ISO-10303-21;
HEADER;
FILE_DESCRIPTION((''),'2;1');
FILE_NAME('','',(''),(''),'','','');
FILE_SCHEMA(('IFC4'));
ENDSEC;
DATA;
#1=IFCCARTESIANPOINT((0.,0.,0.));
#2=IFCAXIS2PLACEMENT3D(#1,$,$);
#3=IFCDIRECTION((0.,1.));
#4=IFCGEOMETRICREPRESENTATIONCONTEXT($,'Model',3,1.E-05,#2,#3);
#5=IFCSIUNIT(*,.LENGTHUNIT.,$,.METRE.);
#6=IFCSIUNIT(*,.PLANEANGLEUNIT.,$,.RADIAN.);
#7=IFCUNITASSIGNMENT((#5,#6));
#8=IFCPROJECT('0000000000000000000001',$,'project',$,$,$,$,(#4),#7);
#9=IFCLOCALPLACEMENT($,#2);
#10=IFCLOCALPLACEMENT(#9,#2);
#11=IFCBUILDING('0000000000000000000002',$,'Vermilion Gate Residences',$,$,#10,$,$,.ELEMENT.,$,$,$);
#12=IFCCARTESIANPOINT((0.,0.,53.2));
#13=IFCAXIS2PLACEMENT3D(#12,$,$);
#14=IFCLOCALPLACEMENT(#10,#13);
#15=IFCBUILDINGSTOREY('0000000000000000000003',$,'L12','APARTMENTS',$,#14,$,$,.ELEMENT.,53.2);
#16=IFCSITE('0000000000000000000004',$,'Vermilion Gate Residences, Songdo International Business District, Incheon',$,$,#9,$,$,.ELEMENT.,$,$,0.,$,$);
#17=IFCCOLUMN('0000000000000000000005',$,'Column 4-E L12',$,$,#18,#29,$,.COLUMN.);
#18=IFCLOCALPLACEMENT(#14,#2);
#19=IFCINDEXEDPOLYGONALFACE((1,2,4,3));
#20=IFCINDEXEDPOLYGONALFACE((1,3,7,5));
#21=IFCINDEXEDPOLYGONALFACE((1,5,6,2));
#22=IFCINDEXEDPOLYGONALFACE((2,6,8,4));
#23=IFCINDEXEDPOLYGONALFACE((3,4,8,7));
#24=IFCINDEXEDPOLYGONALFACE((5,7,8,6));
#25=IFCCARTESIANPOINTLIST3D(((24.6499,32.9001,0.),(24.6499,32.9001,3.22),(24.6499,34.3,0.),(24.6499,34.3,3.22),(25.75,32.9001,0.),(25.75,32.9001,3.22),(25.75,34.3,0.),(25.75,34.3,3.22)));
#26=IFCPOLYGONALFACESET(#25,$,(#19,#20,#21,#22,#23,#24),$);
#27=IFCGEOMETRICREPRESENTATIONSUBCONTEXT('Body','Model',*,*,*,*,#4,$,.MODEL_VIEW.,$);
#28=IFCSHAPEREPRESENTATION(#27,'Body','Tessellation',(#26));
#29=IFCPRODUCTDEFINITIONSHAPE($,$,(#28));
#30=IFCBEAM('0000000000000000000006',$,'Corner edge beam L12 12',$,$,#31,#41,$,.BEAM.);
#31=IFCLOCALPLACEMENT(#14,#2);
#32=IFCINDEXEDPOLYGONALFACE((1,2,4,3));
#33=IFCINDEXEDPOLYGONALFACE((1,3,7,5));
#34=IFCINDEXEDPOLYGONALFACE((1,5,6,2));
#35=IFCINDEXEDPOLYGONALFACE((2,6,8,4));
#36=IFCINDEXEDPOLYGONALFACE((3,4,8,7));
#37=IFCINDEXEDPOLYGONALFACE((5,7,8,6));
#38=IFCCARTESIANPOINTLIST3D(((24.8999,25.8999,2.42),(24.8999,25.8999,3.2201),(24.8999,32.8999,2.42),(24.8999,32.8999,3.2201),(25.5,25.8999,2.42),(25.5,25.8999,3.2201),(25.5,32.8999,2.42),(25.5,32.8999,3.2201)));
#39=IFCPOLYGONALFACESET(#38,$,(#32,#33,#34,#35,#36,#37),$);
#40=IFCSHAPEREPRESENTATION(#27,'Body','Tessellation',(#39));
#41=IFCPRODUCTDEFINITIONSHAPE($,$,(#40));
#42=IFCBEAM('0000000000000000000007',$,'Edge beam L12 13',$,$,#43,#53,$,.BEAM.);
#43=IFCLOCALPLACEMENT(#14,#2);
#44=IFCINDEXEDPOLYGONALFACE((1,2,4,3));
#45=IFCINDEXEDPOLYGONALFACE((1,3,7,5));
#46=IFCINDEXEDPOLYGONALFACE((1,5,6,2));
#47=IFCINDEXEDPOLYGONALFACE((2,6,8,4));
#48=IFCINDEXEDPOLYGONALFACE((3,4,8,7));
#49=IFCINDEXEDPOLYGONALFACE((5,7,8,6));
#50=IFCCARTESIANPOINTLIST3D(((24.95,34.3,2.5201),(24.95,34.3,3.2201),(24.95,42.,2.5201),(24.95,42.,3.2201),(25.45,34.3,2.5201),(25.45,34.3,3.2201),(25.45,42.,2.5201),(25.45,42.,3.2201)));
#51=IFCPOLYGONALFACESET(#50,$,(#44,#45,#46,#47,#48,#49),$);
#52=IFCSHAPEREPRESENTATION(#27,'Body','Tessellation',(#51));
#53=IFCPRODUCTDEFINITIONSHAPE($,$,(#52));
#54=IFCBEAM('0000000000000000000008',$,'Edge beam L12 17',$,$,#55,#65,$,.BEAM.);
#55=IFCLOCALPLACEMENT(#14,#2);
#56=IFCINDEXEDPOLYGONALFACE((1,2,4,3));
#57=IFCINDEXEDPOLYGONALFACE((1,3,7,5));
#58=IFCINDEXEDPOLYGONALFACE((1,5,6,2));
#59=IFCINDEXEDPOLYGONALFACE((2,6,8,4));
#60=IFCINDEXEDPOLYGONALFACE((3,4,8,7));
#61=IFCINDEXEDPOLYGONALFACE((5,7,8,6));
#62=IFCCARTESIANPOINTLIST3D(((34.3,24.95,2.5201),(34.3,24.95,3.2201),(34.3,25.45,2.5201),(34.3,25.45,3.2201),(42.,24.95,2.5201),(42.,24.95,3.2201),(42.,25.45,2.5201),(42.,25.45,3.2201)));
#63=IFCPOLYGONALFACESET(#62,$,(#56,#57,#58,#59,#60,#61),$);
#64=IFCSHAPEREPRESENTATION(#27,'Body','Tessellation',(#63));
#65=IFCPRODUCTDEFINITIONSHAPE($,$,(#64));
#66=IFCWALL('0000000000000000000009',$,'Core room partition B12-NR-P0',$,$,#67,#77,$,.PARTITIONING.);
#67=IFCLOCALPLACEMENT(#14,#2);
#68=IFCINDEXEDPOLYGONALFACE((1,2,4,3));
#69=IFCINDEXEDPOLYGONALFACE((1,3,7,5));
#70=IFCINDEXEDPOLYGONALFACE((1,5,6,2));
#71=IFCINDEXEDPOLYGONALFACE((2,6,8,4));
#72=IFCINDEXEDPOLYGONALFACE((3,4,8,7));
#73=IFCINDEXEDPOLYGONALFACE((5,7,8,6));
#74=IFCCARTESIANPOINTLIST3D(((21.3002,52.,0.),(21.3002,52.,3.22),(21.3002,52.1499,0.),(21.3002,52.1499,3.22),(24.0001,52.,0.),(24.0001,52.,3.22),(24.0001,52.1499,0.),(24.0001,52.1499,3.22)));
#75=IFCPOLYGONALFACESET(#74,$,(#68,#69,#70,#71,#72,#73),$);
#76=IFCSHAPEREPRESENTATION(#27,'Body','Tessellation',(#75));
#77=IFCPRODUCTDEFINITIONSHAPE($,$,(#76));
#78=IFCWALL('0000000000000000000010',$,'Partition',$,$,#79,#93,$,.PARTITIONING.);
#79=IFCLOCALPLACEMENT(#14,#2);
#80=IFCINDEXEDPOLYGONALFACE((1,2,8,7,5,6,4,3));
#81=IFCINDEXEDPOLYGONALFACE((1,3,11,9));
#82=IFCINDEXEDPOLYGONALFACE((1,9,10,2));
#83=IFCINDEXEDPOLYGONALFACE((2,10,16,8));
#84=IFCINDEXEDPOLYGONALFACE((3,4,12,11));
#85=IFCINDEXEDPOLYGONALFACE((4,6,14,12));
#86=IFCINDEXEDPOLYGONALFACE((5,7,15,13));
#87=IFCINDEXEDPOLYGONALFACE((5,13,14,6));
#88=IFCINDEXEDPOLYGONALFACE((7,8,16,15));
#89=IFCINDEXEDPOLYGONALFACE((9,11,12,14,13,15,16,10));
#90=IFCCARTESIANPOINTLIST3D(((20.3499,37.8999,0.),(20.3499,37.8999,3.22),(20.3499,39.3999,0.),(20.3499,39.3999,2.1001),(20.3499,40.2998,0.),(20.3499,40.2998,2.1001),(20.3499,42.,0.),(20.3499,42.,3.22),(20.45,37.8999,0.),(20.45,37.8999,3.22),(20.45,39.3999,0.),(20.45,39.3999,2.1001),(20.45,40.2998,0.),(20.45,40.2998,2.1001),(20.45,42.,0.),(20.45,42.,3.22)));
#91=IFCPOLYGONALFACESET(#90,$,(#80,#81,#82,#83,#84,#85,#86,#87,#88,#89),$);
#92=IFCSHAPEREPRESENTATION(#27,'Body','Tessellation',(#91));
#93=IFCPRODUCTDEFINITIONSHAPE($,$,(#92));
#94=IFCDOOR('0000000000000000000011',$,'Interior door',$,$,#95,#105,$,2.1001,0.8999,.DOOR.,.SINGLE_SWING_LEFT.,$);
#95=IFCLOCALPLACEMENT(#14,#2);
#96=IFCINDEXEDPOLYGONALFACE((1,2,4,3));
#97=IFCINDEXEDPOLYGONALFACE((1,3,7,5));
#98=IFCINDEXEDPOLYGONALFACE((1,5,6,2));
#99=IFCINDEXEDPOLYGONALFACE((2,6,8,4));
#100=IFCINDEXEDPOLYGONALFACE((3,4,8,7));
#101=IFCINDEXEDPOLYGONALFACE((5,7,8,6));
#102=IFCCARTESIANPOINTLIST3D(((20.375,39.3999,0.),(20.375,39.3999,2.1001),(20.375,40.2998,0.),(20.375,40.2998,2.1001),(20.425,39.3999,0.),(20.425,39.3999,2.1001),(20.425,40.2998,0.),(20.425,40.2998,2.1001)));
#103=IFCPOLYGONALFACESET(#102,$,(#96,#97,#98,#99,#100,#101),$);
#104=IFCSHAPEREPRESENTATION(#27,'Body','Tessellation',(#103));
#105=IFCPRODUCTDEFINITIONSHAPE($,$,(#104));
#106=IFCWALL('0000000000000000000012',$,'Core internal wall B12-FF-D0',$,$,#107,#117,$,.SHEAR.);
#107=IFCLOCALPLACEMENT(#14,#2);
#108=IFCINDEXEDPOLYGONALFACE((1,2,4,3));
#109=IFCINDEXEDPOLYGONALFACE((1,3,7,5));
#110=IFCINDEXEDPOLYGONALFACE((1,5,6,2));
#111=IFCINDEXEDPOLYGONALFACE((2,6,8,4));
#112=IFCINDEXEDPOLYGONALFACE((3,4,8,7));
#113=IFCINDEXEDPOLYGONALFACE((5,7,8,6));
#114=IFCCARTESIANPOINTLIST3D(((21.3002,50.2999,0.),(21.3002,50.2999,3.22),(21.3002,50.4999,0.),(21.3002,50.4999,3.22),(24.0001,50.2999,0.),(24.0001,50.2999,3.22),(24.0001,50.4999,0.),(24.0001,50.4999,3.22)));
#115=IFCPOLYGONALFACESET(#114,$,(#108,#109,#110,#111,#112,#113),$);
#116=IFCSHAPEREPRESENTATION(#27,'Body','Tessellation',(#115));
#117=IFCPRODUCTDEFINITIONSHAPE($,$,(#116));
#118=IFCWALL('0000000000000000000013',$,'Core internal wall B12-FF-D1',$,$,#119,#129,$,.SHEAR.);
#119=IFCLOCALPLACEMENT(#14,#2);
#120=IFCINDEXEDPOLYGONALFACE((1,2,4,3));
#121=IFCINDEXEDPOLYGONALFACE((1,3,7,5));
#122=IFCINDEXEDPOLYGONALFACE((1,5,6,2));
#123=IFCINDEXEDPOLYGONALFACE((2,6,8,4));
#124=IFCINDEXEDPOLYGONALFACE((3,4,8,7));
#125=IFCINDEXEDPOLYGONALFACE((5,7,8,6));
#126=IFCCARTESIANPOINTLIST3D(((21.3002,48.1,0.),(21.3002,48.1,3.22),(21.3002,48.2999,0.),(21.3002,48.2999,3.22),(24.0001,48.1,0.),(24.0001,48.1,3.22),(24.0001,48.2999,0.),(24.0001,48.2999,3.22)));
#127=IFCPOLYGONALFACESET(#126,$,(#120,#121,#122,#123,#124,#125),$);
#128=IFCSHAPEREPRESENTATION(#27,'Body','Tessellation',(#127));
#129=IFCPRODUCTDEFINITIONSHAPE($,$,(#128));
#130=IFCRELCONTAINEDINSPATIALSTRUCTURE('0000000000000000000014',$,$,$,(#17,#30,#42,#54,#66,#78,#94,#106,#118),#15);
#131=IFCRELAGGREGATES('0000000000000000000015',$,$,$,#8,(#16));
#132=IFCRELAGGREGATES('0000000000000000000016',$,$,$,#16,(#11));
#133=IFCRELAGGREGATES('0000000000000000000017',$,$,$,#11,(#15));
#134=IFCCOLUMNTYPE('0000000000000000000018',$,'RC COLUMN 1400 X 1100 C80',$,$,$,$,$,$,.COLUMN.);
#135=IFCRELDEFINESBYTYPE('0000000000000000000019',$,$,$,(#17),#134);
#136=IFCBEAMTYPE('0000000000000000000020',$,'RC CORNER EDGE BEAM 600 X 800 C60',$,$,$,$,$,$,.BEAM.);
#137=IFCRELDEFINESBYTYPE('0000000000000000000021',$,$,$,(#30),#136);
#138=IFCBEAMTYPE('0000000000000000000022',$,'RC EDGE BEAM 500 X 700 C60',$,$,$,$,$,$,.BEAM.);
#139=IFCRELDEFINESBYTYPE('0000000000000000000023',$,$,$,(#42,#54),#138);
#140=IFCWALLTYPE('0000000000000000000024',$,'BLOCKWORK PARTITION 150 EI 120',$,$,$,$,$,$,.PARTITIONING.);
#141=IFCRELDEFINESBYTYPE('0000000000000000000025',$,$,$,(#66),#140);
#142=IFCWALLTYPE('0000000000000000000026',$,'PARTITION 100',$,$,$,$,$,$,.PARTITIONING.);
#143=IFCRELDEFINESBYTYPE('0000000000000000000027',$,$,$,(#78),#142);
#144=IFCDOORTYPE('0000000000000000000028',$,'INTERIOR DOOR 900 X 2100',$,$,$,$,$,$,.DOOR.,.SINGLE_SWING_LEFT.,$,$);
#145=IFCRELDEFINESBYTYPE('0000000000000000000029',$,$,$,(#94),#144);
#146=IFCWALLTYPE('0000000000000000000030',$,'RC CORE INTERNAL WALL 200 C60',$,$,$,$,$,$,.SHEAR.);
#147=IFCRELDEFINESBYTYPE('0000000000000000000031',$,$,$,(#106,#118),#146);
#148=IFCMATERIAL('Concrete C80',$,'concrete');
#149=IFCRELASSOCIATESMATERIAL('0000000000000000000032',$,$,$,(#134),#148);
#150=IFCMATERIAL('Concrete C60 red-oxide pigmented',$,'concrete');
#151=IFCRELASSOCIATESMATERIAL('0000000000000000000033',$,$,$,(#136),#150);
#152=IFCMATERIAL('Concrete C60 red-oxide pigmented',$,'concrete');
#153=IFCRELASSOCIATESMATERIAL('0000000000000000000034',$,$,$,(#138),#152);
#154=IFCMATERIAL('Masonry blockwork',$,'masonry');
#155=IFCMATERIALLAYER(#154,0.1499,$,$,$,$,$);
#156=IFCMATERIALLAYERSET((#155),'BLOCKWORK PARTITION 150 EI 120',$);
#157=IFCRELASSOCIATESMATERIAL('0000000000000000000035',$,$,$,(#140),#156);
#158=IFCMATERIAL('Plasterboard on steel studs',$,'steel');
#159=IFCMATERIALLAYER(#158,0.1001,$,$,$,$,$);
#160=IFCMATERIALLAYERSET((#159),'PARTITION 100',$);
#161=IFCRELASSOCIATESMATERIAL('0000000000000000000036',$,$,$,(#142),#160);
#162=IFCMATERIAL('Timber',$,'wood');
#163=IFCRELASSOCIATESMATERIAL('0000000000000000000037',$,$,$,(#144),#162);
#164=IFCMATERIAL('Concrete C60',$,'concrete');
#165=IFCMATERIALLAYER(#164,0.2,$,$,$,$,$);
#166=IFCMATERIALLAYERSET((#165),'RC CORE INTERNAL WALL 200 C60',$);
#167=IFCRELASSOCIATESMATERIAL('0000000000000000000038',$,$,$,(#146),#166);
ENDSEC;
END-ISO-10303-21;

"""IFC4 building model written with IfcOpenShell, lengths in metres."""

from ifc_helpers import new_model, si_unit, direction, frame, frame_2d, origin, origin_2d, place, context, subcontext, project, spatial, rectangle, extrude, material, layer, layer_set, material_profile, profile_set, type_object, element, fill, save


model = new_model("IFC4")

# Units and contexts
model_context = context("Model", 3, precision=1e-05, world=origin(), true_north=direction((0.0, 1.0)))
body_context = subcontext(model_context, "Body", "Model", "MODEL_VIEW")
ifc_project = project(units=[si_unit("LENGTHUNIT", "METRE"), si_unit("PLANEANGLEUNIT", "RADIAN")], contexts=[model_context])

# Site, building, storey
site_placement = place(None, origin())
site = spatial("IfcSite", under=ifc_project, at=site_placement, Name="Vermilion Gate Residences, Songdo International Business District, Incheon", CompositionType="ELEMENT", RefElevation=0.0)
building_placement = place(site_placement, origin())
building = spatial("IfcBuilding", under=site, at=building_placement, Name="Vermilion Gate Residences", CompositionType="ELEMENT")
storey_placement = place(building_placement, frame((0.0, 0.0, 53.2)))
storey = spatial("IfcBuildingStorey", under=building, at=storey_placement, Name="L12", Description="APARTMENTS", CompositionType="ELEMENT", Elevation=53.2)

# Column
ifc_material_1 = material(Name="Concrete C80", Category="concrete")
ifc_material_profile_1 = material_profile(ifc_material_1, rectangle(XDim=1.3999, YDim=1.1001, at=origin_2d()), Name="RC-1400x1100")
ifc_profile_set_1 = profile_set([ifc_material_profile_1], Name="Concrete C80")
column_type = type_object("IfcColumnType", Name="RC COLUMN 1400 X 1100 C80", PredefinedType="COLUMN", material=ifc_profile_set_1)
column_placement = place(storey_placement, frame((25.2, 33.6001, 0.0), z_axis=(0.0, 0.0, 1.0), x_axis=(0.0, 1.0, 0.0)))
element("IfcColumn", 1, at=column_placement, inside=storey, type_object=column_type, Name="Column 4-E L12", PredefinedType="COLUMN", context=body_context, shape_type="SweptSolid", body=[
    extrude(rectangle(XDim=1.3999, YDim=1.1001, at=origin_2d()), origin(), (0.0, 0.0, 1.0), 3.22),
])

# Beams
ifc_material_2 = material(Name="Concrete C60 red-oxide pigmented", Category="concrete")
ifc_material_profile_2 = material_profile(ifc_material_2, rectangle(XDim=0.6001, YDim=0.8, at=origin_2d()), Name="RC-600x800")
ifc_profile_set_2 = profile_set([ifc_material_profile_2], Name="Concrete C60 red-oxide pigmented")
beam_type_1 = type_object("IfcBeamType", Name="RC CORNER EDGE BEAM 600 X 800 C60", PredefinedType="BEAM", material=ifc_profile_set_2)
beam_placement = place(storey_placement, frame((25.2, 25.8999, 2.8201), z_axis=(0.0, 1.0, 0.0), x_axis=(-1.0, 0.0, 0.0)))
element("IfcBeam", 2, at=beam_placement, inside=storey, type_object=beam_type_1, Name="Corner edge beam L12 12", PredefinedType="BEAM", context=body_context, shape_type="SweptSolid", body=[
    extrude(rectangle(XDim=0.6001, YDim=0.8, at=origin_2d()), origin(), (0.0, 0.0, 1.0), 7.0),
])
ifc_material_3 = material(Name="Concrete C60 red-oxide pigmented", Category="concrete")
ifc_material_profile_3 = material_profile(ifc_material_3, rectangle(XDim=0.5, YDim=0.7, at=origin_2d()), Name="RC-500x700")
ifc_profile_set_3 = profile_set([ifc_material_profile_3], Name="Concrete C60 red-oxide pigmented")
beam_type_2 = type_object("IfcBeamType", Name="RC EDGE BEAM 500 X 700 C60", PredefinedType="BEAM", material=ifc_profile_set_3)
for number, where, z_axis, x_axis, name in (
    (3, (25.2, 34.3, 2.8701), (0.0, 1.0, 0.0), (-1.0, 0.0, 0.0), "Edge beam L12 13"),
    (4, (34.3, 25.2, 2.8701), (1.0, 0.0, 0.0), (0.0, 1.0, 0.0), "Edge beam L12 17"),
):
    element("IfcBeam", number, at=place(storey_placement, frame(where, z_axis=z_axis, x_axis=x_axis)), inside=storey, type_object=beam_type_2, Name=name, PredefinedType="BEAM", context=body_context, shape_type="SweptSolid", body=[
        extrude(rectangle(XDim=0.5, YDim=0.7, at=origin_2d()), origin(), (0.0, 0.0, 1.0), 7.7),
    ])

# Wall
ifc_material_4 = material(Name="Masonry blockwork", Category="masonry")
ifc_layer_1 = layer(ifc_material_4, 0.1499)
ifc_layer_set_1 = layer_set([ifc_layer_1], Name="BLOCKWORK PARTITION 150 EI 120")
wall_type_1 = type_object("IfcWallType", Name="BLOCKWORK PARTITION 150 EI 120", PredefinedType="PARTITIONING", material=ifc_layer_set_1)
wall_1_placement = place(storey_placement, frame((21.3, 52.075, 0.0), z_axis=(0.0, 0.0, 1.0), x_axis=(1.0, 0.0, 0.0)))
element("IfcWall", 5, at=wall_1_placement, inside=storey, type_object=wall_type_1, Name="Core room partition B12-NR-P0", PredefinedType="PARTITIONING", context=body_context, shape_type="SweptSolid", body=[
    extrude(rectangle(XDim=2.7, YDim=0.1499, at=frame_2d((1.3501, 0.0))), origin(), (0.0, 0.0, 1.0), 3.22),
])

# Wall, opening, door
ifc_material_5 = material(Name="Plasterboard on steel studs", Category="steel")
ifc_layer_2 = layer(ifc_material_5, 0.1001)
ifc_layer_set_2 = layer_set([ifc_layer_2], Name="PARTITION 100")
wall_type_2 = type_object("IfcWallType", Name="PARTITION 100", PredefinedType="PARTITIONING", material=ifc_layer_set_2)
wall_2_placement = place(storey_placement, frame((20.3999, 37.8999, 0.0), z_axis=(0.0, 0.0, 1.0), x_axis=(0.0, 1.0, 0.0)))
wall_2 = element("IfcWall", 6, at=wall_2_placement, inside=storey, type_object=wall_type_2, Name="Partition", PredefinedType="PARTITIONING", context=body_context, shape_type="SweptSolid", body=[
    extrude(rectangle(XDim=4.1001, YDim=0.1001, at=frame_2d((2.05, 0.0))), origin(), (0.0, 0.0, 1.0), 3.22),
])
opening_1_placement = place(wall_2_placement, frame((1.5, 0.0, 0.0)))
opening_1 = element("IfcOpeningElement", 7, at=opening_1_placement, cuts=wall_2, PredefinedType="OPENING", context=body_context, shape_type="SweptSolid", body=[
    extrude(rectangle(XDim=0.8999, YDim=2.1001, at=frame_2d((0.45, 1.05))), frame((0.0, 0.0601, 0.0), z_axis=(0.0, -1.0, 0.0), x_axis=(1.0, 0.0, 0.0)), (0.0, 0.0, 1.0), 0.1201),
])
ifc_material_6 = material(Name="Timber", Category="wood")
door_type_1 = type_object("IfcDoorType", Name="INTERIOR DOOR 900 X 2100", OperationType="SINGLE_SWING_LEFT", PredefinedType="DOOR", material=ifc_material_6)
door_1_placement = place(opening_1_placement, origin())
door_1 = element("IfcDoor", 8, at=door_1_placement, inside=storey, type_object=door_type_1, Name="Interior door", OperationType="SINGLE_SWING_LEFT", OverallHeight=2.1001, OverallWidth=0.8999, PredefinedType="DOOR", context=body_context, shape_type="SweptSolid", body=[
    extrude(rectangle(XDim=0.8999, YDim=2.1001, at=frame_2d((0.45, 1.05))), frame((0.0, 0.0249, 0.0), z_axis=(0.0, -1.0, 0.0), x_axis=(1.0, 0.0, 0.0)), (0.0, 0.0, 1.0), 0.05),
])
fill(opening_1, door_1)

# Walls
ifc_material_7 = material(Name="Concrete C60", Category="concrete")
ifc_layer_3 = layer(ifc_material_7, 0.2)
ifc_layer_set_3 = layer_set([ifc_layer_3], Name="RC CORE INTERNAL WALL 200 C60")
wall_type_3 = type_object("IfcWallType", Name="RC CORE INTERNAL WALL 200 C60", PredefinedType="SHEAR", material=ifc_layer_set_3)
for number, where, z_axis, x_axis, name in (
    (9, (21.3, 50.3999, 0.0), (0.0, 0.0, 1.0), (1.0, 0.0, 0.0), "Core internal wall B12-FF-D0"),
    (10, (21.3, 48.2, 0.0), (0.0, 0.0, 1.0), (1.0, 0.0, 0.0), "Core internal wall B12-FF-D1"),
):
    element("IfcWall", number, at=place(storey_placement, frame(where, z_axis=z_axis, x_axis=x_axis)), inside=storey, type_object=wall_type_3, Name=name, PredefinedType="SHEAR", context=body_context, shape_type="SweptSolid", body=[
        extrude(rectangle(XDim=2.7, YDim=0.2, at=frame_2d((1.3501, 0.0))), origin(), (0.0, 0.0, 1.0), 3.22),
    ])

save(model, "model.ifc")
